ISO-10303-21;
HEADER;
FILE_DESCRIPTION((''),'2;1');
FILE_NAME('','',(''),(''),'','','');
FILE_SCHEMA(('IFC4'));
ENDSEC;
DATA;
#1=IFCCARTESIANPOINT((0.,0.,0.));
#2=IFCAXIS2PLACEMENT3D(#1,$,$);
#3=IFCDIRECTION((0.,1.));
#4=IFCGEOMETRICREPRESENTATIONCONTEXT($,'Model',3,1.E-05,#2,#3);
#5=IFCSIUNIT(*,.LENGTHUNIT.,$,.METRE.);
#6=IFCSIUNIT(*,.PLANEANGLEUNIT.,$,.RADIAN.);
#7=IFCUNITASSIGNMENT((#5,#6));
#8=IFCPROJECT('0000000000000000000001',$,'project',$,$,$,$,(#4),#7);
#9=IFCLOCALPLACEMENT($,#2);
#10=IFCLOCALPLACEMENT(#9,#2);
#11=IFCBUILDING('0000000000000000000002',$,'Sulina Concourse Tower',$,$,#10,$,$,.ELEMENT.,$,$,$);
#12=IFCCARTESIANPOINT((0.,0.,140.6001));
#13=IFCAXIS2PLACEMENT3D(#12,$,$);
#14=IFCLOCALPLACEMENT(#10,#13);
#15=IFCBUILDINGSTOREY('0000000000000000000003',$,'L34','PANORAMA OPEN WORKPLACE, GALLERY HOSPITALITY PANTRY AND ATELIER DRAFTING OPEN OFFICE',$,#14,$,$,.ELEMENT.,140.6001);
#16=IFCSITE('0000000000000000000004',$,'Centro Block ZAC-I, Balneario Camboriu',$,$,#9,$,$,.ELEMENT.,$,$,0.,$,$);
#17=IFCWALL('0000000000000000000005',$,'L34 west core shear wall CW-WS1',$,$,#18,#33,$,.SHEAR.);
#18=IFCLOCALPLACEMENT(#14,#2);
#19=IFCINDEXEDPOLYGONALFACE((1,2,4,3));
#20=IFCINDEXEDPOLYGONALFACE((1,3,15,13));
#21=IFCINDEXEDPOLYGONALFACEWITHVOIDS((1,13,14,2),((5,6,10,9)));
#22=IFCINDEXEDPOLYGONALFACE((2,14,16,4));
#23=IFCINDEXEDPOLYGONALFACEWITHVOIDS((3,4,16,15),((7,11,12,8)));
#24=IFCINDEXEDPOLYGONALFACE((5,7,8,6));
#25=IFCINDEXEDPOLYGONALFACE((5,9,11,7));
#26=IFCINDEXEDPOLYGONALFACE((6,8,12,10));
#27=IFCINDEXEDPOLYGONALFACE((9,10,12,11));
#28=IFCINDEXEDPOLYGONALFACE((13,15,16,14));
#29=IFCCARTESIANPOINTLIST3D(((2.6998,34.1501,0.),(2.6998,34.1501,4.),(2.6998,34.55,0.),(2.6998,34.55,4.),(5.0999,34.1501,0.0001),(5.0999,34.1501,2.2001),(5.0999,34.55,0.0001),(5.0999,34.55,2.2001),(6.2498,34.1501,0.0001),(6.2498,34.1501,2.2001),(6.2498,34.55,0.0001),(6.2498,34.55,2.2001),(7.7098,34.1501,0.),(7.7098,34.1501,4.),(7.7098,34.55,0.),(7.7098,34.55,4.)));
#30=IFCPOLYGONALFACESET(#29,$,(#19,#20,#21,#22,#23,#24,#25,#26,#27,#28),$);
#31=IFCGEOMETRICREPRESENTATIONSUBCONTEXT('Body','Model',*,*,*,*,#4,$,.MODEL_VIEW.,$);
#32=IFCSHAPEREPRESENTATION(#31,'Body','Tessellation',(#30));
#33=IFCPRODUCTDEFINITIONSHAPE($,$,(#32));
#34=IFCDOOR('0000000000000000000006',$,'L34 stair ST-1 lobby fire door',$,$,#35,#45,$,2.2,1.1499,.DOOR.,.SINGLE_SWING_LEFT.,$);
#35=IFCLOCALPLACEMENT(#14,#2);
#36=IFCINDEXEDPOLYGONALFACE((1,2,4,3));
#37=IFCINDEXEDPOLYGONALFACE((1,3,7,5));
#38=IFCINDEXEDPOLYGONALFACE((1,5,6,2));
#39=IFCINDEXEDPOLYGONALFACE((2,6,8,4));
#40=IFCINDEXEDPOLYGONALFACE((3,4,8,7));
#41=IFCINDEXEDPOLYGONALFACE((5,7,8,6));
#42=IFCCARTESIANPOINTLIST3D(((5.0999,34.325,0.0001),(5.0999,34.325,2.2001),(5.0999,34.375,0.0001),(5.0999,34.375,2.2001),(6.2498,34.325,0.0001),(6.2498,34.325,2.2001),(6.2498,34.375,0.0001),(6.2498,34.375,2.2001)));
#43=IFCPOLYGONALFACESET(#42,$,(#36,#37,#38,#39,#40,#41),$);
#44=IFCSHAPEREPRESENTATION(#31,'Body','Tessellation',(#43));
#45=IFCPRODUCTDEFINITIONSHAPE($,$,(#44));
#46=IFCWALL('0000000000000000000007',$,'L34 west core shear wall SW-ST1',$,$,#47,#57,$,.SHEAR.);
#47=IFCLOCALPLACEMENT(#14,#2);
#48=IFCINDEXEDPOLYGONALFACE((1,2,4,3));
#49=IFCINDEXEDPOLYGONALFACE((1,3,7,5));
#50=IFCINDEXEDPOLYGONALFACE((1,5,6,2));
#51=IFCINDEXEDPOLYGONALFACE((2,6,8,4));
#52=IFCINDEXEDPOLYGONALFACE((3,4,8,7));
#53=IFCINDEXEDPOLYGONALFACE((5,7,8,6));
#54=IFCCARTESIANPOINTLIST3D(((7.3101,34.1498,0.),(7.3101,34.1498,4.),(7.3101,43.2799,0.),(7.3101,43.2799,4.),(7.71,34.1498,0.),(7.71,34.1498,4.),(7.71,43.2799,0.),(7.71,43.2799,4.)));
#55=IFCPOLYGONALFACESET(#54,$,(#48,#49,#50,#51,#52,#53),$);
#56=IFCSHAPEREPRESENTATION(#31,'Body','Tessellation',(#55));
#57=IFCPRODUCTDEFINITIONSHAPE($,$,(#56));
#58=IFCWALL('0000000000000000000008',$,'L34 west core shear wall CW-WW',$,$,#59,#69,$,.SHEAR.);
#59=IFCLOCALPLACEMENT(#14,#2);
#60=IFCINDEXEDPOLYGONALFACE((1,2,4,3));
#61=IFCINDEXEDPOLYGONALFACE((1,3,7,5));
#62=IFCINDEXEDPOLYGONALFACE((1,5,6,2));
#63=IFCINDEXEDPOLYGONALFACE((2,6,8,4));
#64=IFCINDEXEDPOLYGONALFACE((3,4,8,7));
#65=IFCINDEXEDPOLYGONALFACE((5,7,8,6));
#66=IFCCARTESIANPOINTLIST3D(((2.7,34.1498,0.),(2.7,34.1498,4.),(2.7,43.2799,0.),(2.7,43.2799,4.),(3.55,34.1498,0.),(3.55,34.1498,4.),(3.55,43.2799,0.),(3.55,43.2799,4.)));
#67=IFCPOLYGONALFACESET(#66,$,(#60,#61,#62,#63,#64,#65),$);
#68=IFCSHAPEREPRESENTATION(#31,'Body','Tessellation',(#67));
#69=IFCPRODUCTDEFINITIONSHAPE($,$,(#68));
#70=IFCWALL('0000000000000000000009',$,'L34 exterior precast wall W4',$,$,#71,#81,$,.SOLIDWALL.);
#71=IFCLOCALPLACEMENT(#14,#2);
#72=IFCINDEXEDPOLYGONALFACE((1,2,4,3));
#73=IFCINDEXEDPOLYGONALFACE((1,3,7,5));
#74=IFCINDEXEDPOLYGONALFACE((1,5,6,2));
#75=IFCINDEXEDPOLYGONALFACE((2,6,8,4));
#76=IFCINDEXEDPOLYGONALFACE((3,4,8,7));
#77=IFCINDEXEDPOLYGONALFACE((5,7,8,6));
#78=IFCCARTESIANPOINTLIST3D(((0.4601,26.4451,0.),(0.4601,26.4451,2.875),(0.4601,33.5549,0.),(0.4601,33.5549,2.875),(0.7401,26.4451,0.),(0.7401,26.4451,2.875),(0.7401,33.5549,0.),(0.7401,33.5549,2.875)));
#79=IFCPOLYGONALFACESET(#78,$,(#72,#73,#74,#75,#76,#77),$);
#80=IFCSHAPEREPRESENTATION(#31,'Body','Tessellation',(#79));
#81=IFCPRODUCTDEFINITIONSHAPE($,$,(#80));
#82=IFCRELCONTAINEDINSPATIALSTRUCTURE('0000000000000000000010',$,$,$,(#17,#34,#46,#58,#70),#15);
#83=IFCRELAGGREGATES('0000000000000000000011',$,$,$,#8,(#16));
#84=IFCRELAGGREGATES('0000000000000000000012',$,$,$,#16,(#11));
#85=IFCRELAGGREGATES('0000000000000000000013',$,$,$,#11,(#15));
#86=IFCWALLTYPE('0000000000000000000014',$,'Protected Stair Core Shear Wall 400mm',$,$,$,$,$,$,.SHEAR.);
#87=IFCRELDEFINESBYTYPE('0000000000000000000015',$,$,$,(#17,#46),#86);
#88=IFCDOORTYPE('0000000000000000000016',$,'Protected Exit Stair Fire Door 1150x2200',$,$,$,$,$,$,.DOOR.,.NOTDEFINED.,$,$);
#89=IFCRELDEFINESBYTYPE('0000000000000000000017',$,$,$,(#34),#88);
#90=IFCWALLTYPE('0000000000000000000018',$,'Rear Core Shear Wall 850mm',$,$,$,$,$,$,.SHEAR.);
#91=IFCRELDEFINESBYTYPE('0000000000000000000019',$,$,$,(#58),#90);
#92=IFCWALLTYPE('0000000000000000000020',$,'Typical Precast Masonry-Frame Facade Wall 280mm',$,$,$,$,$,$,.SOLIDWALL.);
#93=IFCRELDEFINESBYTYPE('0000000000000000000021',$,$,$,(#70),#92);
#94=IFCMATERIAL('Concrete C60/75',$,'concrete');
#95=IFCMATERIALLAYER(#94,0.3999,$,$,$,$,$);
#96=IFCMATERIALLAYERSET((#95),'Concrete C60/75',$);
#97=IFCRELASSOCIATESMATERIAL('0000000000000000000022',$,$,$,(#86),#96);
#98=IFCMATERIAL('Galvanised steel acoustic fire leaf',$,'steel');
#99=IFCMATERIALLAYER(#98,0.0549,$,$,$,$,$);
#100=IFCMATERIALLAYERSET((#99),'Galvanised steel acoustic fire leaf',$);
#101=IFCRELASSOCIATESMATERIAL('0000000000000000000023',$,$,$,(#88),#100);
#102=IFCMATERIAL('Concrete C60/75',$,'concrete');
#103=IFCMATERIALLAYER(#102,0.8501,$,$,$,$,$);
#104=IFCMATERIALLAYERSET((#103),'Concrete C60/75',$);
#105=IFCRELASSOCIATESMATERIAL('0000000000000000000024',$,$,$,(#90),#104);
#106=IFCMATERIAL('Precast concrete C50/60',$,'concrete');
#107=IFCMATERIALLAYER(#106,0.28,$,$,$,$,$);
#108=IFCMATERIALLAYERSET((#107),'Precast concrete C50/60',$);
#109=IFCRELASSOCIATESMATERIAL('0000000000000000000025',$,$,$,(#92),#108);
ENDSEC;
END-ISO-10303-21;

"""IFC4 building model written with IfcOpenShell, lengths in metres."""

from ifc_helpers import new_model, si_unit, direction, frame, frame_2d, origin, place, context, subcontext, project, spatial, rectangle, extrude, material, layer, layer_set, type_object, element, fill, save


model = new_model("IFC4")

# Units and contexts
model_context = context("Model", 3, precision=1e-05, world=origin(), true_north=direction((0.0, 1.0)))
body_context = subcontext(model_context, "Body", "Model", "MODEL_VIEW")
ifc_project = project(units=[si_unit("LENGTHUNIT", "METRE"), si_unit("PLANEANGLEUNIT", "RADIAN")], contexts=[model_context])

# Site, building, storey
site_placement = place(None, origin())
site = spatial("IfcSite", under=ifc_project, at=site_placement, Name="Centro Block ZAC-I, Balneario Camboriu", CompositionType="ELEMENT", RefElevation=0.0)
building_placement = place(site_placement, origin())
building = spatial("IfcBuilding", under=site, at=building_placement, Name="Sulina Concourse Tower", CompositionType="ELEMENT")
storey_placement = place(building_placement, frame((0.0, 0.0, 140.6001)))
storey = spatial("IfcBuildingStorey", under=building, at=storey_placement, Name="L34", Description="PANORAMA OPEN WORKPLACE, GALLERY HOSPITALITY PANTRY AND ATELIER DRAFTING OPEN OFFICE", CompositionType="ELEMENT", Elevation=140.6001)

# Wall, opening, door
ifc_material_1 = material(Name="Concrete C60/75", Category="concrete")
ifc_layer_1 = layer(ifc_material_1, 0.3999)
ifc_layer_set_1 = layer_set([ifc_layer_1], Name="Concrete C60/75")
wall_type_1 = type_object("IfcWallType", Name="Protected Stair Core Shear Wall 400mm", PredefinedType="SHEAR", material=ifc_layer_set_1)
wall_1_placement = place(storey_placement, frame((2.7, 34.3501, 0.0), z_axis=(0.0, 0.0, 1.0), x_axis=(1.0, 0.0, 0.0)))
wall_1 = element("IfcWall", 1, at=wall_1_placement, inside=storey, type_object=wall_type_1, Name="L34 west core shear wall CW-WS1", PredefinedType="SHEAR", context=body_context, shape_type="SweptSolid", body=[
    extrude(rectangle(XDim=5.01, YDim=0.3999, at=frame_2d((2.5049, 0.0))), origin(), (0.0, 0.0, 1.0), 4.0),
])
opening_placement = place(wall_1_placement, frame((2.3999, 0.0, 0.0)))
opening = element("IfcOpeningElement", 2, at=opening_placement, cuts=wall_1, PredefinedType="OPENING", context=body_context, shape_type="SweptSolid", body=[
    extrude(rectangle(XDim=1.1499, YDim=2.2, at=frame_2d((0.575, 1.1001))), frame((0.0, 0.21, 0.0), z_axis=(0.0, -1.0, 0.0), x_axis=(1.0, 0.0, 0.0)), (0.0, 0.0, 1.0), 0.4199),
])
ifc_material_2 = material(Name="Galvanised steel acoustic fire leaf", Category="steel")
ifc_layer_2 = layer(ifc_material_2, 0.0549)
ifc_layer_set_2 = layer_set([ifc_layer_2], Name="Galvanised steel acoustic fire leaf")
door_type = type_object("IfcDoorType", Name="Protected Exit Stair Fire Door 1150x2200", OperationType="NOTDEFINED", PredefinedType="DOOR", material=ifc_layer_set_2)
door_placement = place(opening_placement, origin())
door = element("IfcDoor", 3, at=door_placement, inside=storey, type_object=door_type, Name="L34 stair ST-1 lobby fire door", OperationType="SINGLE_SWING_LEFT", OverallHeight=2.2, OverallWidth=1.1499, PredefinedType="DOOR", context=body_context, shape_type="SweptSolid", body=[
    extrude(rectangle(XDim=1.1499, YDim=2.2, at=frame_2d((0.575, 1.1001))), frame((0.0, 0.0249, 0.0), z_axis=(0.0, -1.0, 0.0), x_axis=(1.0, 0.0, 0.0)), (0.0, 0.0, 1.0), 0.05),
])
fill(opening, door)

# Walls
wall_2_placement = place(storey_placement, frame((7.51, 34.1499, 0.0), z_axis=(0.0, 0.0, 1.0), x_axis=(0.0, 1.0, 0.0)))
element("IfcWall", 4, at=wall_2_placement, inside=storey, type_object=wall_type_1, Name="L34 west core shear wall SW-ST1", PredefinedType="SHEAR", context=body_context, shape_type="SweptSolid", body=[
    extrude(rectangle(XDim=9.1301, YDim=0.3999, at=frame_2d((4.5649, 0.0))), origin(), (0.0, 0.0, 1.0), 4.0),
])
ifc_material_3 = material(Name="Concrete C60/75", Category="concrete")
ifc_layer_3 = layer(ifc_material_3, 0.8501)
ifc_layer_set_3 = layer_set([ifc_layer_3], Name="Concrete C60/75")
wall_type_2 = type_object("IfcWallType", Name="Rear Core Shear Wall 850mm", PredefinedType="SHEAR", material=ifc_layer_set_3)
wall_3_placement = place(storey_placement, frame((3.125, 34.1499, 0.0), z_axis=(0.0, 0.0, 1.0), x_axis=(0.0, 1.0, 0.0)))
element("IfcWall", 5, at=wall_3_placement, inside=storey, type_object=wall_type_2, Name="L34 west core shear wall CW-WW", PredefinedType="SHEAR", context=body_context, shape_type="SweptSolid", body=[
    extrude(rectangle(XDim=9.1301, YDim=0.8501, at=frame_2d((4.5649, 0.0))), origin(), (0.0, 0.0, 1.0), 4.0),
])
ifc_material_4 = material(Name="Precast concrete C50/60", Category="concrete")
ifc_layer_4 = layer(ifc_material_4, 0.28)
ifc_layer_set_4 = layer_set([ifc_layer_4], Name="Precast concrete C50/60")
wall_type_3 = type_object("IfcWallType", Name="Typical Precast Masonry-Frame Facade Wall 280mm", PredefinedType="SOLIDWALL", material=ifc_layer_set_4)
wall_4_placement = place(storey_placement, frame((0.6001, 26.4451, 0.0), z_axis=(0.0, 0.0, 1.0), x_axis=(0.0, 1.0, 0.0)))
element("IfcWall", 6, at=wall_4_placement, inside=storey, type_object=wall_type_3, Name="L34 exterior precast wall W4", PredefinedType="SOLIDWALL", context=body_context, shape_type="SweptSolid", body=[
    extrude(rectangle(XDim=7.1099, YDim=0.28, at=frame_2d((3.5549, 0.0))), origin(), (0.0, 0.0, 1.0), 2.875),
])

save(model, "model.ifc")
